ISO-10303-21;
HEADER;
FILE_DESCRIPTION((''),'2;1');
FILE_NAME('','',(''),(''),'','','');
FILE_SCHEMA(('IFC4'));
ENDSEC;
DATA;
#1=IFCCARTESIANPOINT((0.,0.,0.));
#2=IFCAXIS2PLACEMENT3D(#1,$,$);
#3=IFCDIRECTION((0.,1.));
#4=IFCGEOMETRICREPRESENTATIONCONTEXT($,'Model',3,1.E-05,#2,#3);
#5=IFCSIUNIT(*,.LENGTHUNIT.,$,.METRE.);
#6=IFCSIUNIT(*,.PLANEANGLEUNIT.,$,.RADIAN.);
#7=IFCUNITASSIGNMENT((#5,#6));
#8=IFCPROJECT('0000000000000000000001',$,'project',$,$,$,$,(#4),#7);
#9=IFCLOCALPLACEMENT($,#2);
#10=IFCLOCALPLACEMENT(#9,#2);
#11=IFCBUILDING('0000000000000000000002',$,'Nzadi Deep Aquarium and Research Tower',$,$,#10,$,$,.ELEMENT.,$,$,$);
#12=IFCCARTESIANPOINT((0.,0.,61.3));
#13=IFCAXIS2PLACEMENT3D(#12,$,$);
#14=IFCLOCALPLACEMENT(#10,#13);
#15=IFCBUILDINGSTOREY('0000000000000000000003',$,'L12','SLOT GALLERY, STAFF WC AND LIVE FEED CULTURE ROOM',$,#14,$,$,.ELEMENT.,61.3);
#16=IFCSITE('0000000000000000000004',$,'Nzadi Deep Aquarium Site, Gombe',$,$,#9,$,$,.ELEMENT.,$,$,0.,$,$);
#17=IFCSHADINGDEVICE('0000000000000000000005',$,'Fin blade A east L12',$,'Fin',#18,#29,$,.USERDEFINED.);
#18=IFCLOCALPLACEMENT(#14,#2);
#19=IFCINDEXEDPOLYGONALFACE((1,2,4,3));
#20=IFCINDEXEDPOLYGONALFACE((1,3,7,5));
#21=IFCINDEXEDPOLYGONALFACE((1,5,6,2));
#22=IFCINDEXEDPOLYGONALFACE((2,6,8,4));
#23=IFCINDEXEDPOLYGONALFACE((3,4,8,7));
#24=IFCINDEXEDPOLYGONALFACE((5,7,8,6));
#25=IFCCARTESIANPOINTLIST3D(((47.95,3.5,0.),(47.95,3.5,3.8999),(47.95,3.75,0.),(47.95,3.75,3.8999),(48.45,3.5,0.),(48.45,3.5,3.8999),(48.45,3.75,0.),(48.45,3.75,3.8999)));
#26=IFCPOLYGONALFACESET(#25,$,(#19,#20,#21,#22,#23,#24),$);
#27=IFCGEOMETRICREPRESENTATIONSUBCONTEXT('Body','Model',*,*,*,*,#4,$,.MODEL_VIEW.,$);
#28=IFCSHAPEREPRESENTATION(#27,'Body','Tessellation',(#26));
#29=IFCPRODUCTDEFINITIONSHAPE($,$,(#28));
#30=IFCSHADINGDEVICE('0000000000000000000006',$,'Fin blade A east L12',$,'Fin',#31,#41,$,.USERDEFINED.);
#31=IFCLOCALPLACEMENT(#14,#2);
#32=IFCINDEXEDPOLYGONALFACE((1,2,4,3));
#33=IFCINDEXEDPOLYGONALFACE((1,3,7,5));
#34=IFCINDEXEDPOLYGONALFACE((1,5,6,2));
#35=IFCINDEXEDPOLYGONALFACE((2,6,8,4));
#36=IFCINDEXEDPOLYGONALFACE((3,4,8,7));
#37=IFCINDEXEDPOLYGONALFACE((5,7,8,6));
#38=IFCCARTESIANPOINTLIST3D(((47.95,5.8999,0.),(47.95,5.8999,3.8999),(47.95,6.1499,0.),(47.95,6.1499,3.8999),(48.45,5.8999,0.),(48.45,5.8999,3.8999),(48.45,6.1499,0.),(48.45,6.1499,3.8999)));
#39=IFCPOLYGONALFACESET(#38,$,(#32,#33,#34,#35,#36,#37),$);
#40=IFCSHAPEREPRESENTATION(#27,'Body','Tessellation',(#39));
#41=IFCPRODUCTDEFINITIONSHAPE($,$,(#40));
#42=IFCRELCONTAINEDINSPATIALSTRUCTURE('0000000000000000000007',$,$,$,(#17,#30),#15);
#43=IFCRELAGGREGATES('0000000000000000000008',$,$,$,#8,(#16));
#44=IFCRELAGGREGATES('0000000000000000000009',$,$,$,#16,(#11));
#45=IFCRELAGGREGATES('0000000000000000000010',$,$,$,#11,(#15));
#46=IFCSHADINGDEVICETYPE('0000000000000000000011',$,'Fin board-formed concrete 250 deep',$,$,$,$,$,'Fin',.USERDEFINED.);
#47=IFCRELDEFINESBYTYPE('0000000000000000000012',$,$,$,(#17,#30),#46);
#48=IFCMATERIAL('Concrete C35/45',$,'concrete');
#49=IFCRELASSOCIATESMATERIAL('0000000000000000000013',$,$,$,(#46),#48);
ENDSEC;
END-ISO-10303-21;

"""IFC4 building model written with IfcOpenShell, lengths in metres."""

from ifc_helpers import new_model, si_unit, direction, frame, origin, origin_2d, place, context, subcontext, project, spatial, rectangle, extrude, material, type_object, element, save


model = new_model("IFC4")

# Units and contexts
model_context = context("Model", 3, precision=1e-05, world=origin(), true_north=direction((0.0, 1.0)))
body_context = subcontext(model_context, "Body", "Model", "MODEL_VIEW")
ifc_project = project(units=[si_unit("LENGTHUNIT", "METRE"), si_unit("PLANEANGLEUNIT", "RADIAN")], contexts=[model_context])

# Site, building, storey
site_placement = place(None, origin())
site = spatial("IfcSite", under=ifc_project, at=site_placement, Name="Nzadi Deep Aquarium Site, Gombe", CompositionType="ELEMENT", RefElevation=0.0)
building_placement = place(site_placement, origin())
building = spatial("IfcBuilding", under=site, at=building_placement, Name="Nzadi Deep Aquarium and Research Tower", CompositionType="ELEMENT")
storey_placement = place(building_placement, frame((0.0, 0.0, 61.3)))
storey = spatial("IfcBuildingStorey", under=building, at=storey_placement, Name="L12", Description="SLOT GALLERY, STAFF WC AND LIVE FEED CULTURE ROOM", CompositionType="ELEMENT", Elevation=61.3)

# Shading devices
ifc_material_1 = material(Name="Concrete C35/45", Category="concrete")
shading_device_type = type_object("IfcShadingDeviceType", Name="Fin board-formed concrete 250 deep", ElementType="Fin", PredefinedType="USERDEFINED", material=ifc_material_1)
for number, where, z_axis, x_axis, name in (
    (1, (48.2, 3.625, 0.0), (0.0, 0.0, 1.0), (1.0, 0.0, 0.0), "Fin blade A east L12"),
    (2, (48.2, 6.0249, 0.0), (0.0, 0.0, 1.0), (1.0, 0.0, 0.0), "Fin blade A east L12"),
):
    element("IfcShadingDevice", number, at=place(storey_placement, frame(where, z_axis=z_axis, x_axis=x_axis)), inside=storey, type_object=shading_device_type, Name=name, ObjectType="Fin", PredefinedType="USERDEFINED", context=body_context, shape_type="SweptSolid", body=[
        extrude(rectangle(XDim=0.5, YDim=0.25, at=origin_2d()), origin(), (0.0, 0.0, 1.0), 3.8999),
    ])

save(model, "model.ifc")
